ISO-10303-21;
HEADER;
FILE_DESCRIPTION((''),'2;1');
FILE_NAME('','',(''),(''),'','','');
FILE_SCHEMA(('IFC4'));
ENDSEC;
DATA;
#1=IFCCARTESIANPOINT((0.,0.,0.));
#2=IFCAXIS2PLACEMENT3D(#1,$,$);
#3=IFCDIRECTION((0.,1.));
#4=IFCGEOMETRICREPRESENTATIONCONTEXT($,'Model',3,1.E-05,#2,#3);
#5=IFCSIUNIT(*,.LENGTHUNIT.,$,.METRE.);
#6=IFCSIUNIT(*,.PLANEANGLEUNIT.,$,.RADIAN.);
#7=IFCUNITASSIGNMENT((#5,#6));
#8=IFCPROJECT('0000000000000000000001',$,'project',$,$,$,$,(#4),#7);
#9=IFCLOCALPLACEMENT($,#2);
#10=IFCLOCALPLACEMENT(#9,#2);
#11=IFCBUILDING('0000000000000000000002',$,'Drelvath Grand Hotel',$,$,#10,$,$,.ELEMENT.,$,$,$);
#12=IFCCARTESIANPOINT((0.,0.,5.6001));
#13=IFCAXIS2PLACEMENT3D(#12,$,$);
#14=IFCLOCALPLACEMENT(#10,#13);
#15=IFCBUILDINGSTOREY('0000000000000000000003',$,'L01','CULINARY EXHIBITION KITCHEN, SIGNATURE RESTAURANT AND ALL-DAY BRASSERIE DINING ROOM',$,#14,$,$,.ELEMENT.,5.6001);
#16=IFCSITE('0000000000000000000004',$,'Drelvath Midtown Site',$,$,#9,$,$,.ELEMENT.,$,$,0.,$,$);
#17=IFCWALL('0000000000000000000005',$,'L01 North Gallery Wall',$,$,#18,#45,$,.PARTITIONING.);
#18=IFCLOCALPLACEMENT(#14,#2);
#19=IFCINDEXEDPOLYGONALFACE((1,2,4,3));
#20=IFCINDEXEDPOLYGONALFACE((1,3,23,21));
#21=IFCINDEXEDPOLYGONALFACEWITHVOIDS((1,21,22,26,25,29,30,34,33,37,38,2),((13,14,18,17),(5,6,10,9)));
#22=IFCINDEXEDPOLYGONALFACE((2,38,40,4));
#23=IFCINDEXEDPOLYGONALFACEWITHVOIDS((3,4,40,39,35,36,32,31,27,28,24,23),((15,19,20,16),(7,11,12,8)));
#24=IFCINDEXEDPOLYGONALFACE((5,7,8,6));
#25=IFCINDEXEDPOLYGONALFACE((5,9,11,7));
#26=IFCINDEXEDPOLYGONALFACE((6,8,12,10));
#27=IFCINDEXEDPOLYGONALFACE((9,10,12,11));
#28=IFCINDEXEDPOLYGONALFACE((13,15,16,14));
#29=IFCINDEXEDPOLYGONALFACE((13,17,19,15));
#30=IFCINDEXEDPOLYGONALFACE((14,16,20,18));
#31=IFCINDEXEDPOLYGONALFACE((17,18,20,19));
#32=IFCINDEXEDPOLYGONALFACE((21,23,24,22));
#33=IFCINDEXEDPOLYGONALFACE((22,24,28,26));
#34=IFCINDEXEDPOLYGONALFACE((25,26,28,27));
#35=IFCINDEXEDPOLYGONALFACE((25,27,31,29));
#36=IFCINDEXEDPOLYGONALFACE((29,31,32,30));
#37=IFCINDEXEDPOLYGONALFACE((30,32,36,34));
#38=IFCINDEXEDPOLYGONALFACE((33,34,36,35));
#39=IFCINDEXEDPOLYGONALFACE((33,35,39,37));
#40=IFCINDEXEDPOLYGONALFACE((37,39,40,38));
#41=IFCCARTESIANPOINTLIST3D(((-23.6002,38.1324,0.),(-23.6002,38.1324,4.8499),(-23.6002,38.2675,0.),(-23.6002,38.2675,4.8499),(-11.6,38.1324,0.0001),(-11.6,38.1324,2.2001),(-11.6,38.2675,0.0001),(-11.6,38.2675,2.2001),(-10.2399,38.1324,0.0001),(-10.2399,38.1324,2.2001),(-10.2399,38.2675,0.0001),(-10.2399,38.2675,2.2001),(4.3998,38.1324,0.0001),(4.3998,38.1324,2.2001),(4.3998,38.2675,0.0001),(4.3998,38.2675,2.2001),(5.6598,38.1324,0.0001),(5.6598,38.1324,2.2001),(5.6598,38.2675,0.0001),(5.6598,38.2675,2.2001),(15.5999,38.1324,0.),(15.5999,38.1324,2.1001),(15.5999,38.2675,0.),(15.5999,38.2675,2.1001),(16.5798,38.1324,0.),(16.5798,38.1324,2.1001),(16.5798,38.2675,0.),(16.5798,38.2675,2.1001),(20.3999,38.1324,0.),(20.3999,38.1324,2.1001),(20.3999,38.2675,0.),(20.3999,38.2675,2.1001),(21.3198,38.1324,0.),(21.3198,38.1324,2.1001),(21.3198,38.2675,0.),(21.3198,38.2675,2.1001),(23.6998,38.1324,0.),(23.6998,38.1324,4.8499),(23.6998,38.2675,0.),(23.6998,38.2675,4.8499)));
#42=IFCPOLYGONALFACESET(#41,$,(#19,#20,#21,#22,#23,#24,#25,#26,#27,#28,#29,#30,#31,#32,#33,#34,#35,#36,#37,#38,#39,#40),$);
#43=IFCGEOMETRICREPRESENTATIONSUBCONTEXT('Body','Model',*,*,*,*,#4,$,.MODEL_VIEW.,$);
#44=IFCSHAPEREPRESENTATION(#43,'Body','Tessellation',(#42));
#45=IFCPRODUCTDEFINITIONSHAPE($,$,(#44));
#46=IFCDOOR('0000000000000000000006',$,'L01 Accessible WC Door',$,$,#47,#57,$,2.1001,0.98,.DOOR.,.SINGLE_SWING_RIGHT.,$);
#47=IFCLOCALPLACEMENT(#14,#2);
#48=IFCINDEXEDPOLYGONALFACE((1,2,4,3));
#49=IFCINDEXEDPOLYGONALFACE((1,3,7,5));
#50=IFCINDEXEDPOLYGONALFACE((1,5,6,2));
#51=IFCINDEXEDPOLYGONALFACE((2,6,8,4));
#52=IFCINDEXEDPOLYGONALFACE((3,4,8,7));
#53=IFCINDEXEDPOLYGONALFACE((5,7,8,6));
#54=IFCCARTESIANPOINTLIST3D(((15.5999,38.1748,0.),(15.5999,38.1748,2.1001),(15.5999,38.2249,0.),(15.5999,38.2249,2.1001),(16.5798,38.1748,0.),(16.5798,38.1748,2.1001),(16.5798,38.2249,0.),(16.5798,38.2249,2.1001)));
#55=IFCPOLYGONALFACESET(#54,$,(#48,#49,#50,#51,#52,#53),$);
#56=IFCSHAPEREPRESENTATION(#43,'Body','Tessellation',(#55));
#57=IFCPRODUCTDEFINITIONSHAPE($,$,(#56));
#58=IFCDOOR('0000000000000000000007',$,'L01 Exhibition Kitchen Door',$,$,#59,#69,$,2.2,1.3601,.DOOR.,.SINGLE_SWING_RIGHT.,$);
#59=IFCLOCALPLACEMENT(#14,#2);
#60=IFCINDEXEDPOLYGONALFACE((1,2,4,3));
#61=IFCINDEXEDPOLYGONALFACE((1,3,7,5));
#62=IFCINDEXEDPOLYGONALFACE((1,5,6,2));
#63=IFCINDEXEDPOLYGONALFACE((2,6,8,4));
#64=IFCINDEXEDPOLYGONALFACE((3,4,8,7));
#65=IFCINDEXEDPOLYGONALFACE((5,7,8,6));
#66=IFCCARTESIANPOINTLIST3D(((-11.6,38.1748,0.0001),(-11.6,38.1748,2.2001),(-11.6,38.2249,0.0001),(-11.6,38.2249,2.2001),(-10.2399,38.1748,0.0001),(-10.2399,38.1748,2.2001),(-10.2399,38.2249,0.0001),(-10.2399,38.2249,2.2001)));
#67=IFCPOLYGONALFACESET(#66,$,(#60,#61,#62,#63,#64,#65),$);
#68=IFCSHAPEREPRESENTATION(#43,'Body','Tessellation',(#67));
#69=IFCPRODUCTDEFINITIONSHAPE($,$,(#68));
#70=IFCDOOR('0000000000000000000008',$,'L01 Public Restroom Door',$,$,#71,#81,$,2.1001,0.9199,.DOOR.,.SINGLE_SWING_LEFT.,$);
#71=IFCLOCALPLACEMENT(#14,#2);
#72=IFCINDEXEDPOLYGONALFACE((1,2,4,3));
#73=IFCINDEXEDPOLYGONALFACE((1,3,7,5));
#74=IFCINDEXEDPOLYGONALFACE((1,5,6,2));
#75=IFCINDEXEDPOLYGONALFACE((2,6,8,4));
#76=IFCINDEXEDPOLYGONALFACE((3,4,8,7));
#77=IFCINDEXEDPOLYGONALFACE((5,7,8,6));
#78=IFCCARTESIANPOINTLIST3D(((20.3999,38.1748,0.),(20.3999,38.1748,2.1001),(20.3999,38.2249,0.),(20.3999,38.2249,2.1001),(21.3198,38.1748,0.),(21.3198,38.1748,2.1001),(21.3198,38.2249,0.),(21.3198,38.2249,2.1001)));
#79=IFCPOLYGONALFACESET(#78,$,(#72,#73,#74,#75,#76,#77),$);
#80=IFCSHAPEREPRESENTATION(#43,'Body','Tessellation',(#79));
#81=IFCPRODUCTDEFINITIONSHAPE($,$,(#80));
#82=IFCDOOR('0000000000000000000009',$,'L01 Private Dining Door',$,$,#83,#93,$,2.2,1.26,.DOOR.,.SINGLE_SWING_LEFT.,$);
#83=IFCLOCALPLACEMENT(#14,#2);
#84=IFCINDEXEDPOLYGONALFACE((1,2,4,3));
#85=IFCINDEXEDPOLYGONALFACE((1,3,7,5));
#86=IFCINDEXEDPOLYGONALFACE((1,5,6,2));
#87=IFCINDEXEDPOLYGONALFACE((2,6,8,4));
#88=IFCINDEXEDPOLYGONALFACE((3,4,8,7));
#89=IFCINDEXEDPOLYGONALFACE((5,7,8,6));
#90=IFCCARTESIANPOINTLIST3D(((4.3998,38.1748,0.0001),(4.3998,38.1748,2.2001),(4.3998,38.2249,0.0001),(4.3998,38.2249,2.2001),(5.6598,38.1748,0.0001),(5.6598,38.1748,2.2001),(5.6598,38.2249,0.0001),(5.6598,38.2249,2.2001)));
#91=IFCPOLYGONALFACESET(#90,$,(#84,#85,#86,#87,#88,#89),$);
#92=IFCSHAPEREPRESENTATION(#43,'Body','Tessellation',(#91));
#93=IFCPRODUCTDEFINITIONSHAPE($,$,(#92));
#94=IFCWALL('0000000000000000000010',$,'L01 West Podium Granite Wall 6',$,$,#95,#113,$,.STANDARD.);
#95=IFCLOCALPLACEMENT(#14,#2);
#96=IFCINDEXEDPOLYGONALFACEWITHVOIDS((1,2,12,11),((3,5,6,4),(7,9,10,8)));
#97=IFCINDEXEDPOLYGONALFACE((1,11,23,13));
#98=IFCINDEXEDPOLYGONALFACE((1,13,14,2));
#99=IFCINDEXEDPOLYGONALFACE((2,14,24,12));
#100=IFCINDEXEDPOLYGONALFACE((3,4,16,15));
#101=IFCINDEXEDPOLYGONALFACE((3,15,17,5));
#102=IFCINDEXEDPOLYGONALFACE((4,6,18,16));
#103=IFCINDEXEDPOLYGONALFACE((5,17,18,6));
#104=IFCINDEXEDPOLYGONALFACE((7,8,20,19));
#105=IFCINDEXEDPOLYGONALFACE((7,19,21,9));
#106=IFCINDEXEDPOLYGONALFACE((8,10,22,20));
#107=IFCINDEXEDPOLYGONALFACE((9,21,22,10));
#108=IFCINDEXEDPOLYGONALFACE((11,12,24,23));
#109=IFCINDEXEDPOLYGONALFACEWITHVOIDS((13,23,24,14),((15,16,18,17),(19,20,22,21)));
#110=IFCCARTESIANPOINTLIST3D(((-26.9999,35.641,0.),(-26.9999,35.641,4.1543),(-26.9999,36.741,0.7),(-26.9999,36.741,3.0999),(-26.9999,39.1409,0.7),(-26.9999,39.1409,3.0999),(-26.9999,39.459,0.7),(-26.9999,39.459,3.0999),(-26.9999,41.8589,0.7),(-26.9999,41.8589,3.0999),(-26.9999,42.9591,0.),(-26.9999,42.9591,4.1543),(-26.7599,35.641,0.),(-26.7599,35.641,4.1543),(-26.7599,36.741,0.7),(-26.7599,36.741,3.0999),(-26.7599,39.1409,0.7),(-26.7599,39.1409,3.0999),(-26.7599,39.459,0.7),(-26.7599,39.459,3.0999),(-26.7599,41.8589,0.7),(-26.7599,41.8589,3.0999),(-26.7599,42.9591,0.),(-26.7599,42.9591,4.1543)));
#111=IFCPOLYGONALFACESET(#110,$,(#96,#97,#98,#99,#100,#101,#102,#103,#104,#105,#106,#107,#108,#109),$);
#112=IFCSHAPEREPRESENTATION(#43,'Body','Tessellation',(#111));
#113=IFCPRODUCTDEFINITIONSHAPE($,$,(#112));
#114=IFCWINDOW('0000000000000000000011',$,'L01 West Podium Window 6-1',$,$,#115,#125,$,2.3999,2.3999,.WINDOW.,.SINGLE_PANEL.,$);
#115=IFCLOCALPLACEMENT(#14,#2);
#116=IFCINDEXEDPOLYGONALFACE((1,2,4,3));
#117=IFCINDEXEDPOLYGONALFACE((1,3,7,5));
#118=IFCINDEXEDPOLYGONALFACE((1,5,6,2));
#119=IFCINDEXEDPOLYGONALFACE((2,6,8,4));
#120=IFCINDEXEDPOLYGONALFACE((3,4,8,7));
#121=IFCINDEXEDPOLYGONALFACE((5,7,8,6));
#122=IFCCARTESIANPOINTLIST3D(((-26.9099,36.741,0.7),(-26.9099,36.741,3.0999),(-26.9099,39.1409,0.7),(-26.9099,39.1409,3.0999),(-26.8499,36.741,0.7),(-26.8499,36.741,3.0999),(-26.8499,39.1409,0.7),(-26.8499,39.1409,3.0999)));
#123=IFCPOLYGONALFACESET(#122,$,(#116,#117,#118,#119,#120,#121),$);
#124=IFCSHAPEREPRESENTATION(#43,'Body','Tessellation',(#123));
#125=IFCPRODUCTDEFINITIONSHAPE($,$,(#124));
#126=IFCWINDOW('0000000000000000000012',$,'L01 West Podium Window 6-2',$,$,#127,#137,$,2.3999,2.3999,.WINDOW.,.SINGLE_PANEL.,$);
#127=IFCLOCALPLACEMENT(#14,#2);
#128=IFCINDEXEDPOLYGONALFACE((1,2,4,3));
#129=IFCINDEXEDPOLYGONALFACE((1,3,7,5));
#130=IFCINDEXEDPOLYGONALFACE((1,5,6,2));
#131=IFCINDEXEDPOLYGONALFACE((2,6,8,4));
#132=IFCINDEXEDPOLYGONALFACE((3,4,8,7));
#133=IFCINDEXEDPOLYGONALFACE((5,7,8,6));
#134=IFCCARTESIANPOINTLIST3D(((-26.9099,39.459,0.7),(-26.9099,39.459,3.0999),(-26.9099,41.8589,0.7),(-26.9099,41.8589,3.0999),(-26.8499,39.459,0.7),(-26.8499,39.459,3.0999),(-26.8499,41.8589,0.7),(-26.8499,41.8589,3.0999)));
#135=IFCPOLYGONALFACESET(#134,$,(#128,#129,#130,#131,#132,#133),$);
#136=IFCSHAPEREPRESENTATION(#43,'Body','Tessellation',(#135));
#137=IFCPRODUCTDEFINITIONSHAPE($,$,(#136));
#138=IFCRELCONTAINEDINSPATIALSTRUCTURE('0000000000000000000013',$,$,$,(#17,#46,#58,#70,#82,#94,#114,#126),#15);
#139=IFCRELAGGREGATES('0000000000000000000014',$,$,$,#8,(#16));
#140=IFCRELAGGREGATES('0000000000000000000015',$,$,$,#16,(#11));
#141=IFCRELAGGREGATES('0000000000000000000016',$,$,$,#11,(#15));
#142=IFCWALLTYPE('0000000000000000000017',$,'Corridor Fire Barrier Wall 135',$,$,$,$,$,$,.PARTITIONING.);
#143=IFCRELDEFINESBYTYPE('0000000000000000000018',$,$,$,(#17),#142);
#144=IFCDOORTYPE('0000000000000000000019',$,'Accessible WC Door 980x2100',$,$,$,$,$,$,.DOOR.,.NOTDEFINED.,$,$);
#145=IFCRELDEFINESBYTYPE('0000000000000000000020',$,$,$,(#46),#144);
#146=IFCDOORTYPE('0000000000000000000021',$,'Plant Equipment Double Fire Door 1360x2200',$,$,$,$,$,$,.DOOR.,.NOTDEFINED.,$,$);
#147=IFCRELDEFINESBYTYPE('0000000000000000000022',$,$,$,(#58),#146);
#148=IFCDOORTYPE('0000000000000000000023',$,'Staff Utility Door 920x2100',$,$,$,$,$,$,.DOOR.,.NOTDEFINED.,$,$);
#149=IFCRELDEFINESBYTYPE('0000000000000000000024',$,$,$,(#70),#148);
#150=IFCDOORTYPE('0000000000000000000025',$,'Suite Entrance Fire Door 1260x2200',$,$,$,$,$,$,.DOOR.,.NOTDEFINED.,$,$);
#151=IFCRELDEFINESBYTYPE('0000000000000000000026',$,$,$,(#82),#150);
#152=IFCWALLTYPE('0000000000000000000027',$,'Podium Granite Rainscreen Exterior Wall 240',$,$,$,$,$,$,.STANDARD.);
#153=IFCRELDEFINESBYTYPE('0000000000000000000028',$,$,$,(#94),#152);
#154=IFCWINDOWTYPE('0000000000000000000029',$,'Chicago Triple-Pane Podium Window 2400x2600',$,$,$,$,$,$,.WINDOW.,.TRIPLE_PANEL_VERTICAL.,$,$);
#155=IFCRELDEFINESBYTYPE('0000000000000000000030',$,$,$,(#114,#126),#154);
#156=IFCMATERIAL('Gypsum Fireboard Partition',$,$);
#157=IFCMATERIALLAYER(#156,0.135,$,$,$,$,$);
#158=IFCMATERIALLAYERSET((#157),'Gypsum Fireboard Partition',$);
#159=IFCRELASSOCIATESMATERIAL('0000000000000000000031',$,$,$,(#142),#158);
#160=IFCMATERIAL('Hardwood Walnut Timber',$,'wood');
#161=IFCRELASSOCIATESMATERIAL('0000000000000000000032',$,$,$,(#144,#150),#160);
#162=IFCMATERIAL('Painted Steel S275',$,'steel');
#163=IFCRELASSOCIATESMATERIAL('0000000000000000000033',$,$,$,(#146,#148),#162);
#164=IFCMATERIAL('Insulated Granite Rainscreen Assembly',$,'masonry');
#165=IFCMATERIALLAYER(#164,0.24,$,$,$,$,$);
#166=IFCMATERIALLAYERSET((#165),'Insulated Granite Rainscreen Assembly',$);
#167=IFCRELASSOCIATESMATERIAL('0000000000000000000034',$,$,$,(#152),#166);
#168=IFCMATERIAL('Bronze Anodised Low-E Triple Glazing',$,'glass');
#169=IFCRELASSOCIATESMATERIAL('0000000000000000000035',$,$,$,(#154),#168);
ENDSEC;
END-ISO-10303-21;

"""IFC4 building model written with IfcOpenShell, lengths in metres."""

from ifc_helpers import new_model, si_unit, direction, frame, frame_2d, origin, place, context, subcontext, project, spatial, rectangle, extrude, material, layer, layer_set, type_object, element, fill, save


model = new_model("IFC4")

# Units and contexts
model_context = context("Model", 3, precision=1e-05, world=origin(), true_north=direction((0.0, 1.0)))
body_context = subcontext(model_context, "Body", "Model", "MODEL_VIEW")
ifc_project = project(units=[si_unit("LENGTHUNIT", "METRE"), si_unit("PLANEANGLEUNIT", "RADIAN")], contexts=[model_context])

# Site, building, storey
site_placement = place(None, origin())
site = spatial("IfcSite", under=ifc_project, at=site_placement, Name="Drelvath Midtown Site", CompositionType="ELEMENT", RefElevation=0.0)
building_placement = place(site_placement, origin())
building = spatial("IfcBuilding", under=site, at=building_placement, Name="Drelvath Grand Hotel", CompositionType="ELEMENT")
storey_placement = place(building_placement, frame((0.0, 0.0, 5.6001)))
storey = spatial("IfcBuildingStorey", under=building, at=storey_placement, Name="L01", Description="CULINARY EXHIBITION KITCHEN, SIGNATURE RESTAURANT AND ALL-DAY BRASSERIE DINING ROOM", CompositionType="ELEMENT", Elevation=5.6001)

# Wall, openings, doors
ifc_material_1 = material(Name="Gypsum Fireboard Partition")
ifc_layer_1 = layer(ifc_material_1, 0.135)
ifc_layer_set_1 = layer_set([ifc_layer_1], Name="Gypsum Fireboard Partition")
wall_type_1 = type_object("IfcWallType", Name="Corridor Fire Barrier Wall 135", PredefinedType="PARTITIONING", material=ifc_layer_set_1)
wall_1_placement = place(storey_placement, frame((-23.6001, 38.2, 0.0), z_axis=(0.0, 0.0, 1.0), x_axis=(1.0, 0.0, 0.0)))
wall_1 = element("IfcWall", 1, at=wall_1_placement, inside=storey, type_object=wall_type_1, Name="L01 North Gallery Wall", PredefinedType="PARTITIONING", context=body_context, shape_type="SweptSolid", body=[
    extrude(rectangle(XDim=47.3, YDim=0.135, at=frame_2d((23.6499, 0.0))), origin(), (0.0, 0.0, 1.0), 4.8499),
])
opening_1_placement = place(wall_1_placement, frame((39.2, 0.0, 0.0)))
opening_1 = element("IfcOpeningElement", 2, at=opening_1_placement, cuts=wall_1, PredefinedType="OPENING", context=body_context, shape_type="SweptSolid", body=[
    extrude(rectangle(XDim=0.98, YDim=2.1001, at=frame_2d((0.49, 1.05))), frame((0.0, 0.0774, 0.0), z_axis=(0.0, -1.0, 0.0), x_axis=(1.0, 0.0, 0.0)), (0.0, 0.0, 1.0), 0.155),
])
opening_2_placement = place(wall_1_placement, frame((44.0, 0.0, 0.0)))
opening_2 = element("IfcOpeningElement", 3, at=opening_2_placement, cuts=wall_1, PredefinedType="OPENING", context=body_context, shape_type="SweptSolid", body=[
    extrude(rectangle(XDim=0.9199, YDim=2.1001, at=frame_2d((0.46, 1.05))), frame((0.0, 0.0774, 0.0), z_axis=(0.0, -1.0, 0.0), x_axis=(1.0, 0.0, 0.0)), (0.0, 0.0, 1.0), 0.155),
])
opening_3_placement = place(wall_1_placement, frame((12.0, 0.0, 0.0)))
opening_3 = element("IfcOpeningElement", 4, at=opening_3_placement, cuts=wall_1, PredefinedType="OPENING", context=body_context, shape_type="SweptSolid", body=[
    extrude(rectangle(XDim=1.3601, YDim=2.2, at=frame_2d((0.6802, 1.1001))), frame((0.0, 0.0774, 0.0), z_axis=(0.0, -1.0, 0.0), x_axis=(1.0, 0.0, 0.0)), (0.0, 0.0, 1.0), 0.155),
])
opening_4_placement = place(wall_1_placement, frame((28.0, 0.0, 0.0)))
opening_4 = element("IfcOpeningElement", 5, at=opening_4_placement, cuts=wall_1, PredefinedType="OPENING", context=body_context, shape_type="SweptSolid", body=[
    extrude(rectangle(XDim=1.26, YDim=2.2, at=frame_2d((0.6299, 1.1001))), frame((0.0, 0.0774, 0.0), z_axis=(0.0, -1.0, 0.0), x_axis=(1.0, 0.0, 0.0)), (0.0, 0.0, 1.0), 0.155),
])
ifc_material_2 = material(Name="Hardwood Walnut Timber", Category="wood")
door_type_1 = type_object("IfcDoorType", Name="Accessible WC Door 980x2100", OperationType="NOTDEFINED", PredefinedType="DOOR", material=ifc_material_2)
door_1_placement = place(opening_1_placement, origin())
door_1 = element("IfcDoor", 6, at=door_1_placement, inside=storey, type_object=door_type_1, Name="L01 Accessible WC Door", OperationType="SINGLE_SWING_RIGHT", OverallHeight=2.1001, OverallWidth=0.98, PredefinedType="DOOR", context=body_context, shape_type="SweptSolid", body=[
    extrude(rectangle(XDim=0.98, YDim=2.1001, at=frame_2d((0.49, 1.05))), frame((0.0, 0.0249, 0.0), z_axis=(0.0, -1.0, 0.0), x_axis=(1.0, 0.0, 0.0)), (0.0, 0.0, 1.0), 0.05),
])
fill(opening_1, door_1)
ifc_material_3 = material(Name="Painted Steel S275", Category="steel")
door_type_2 = type_object("IfcDoorType", Name="Plant Equipment Double Fire Door 1360x2200", OperationType="NOTDEFINED", PredefinedType="DOOR", material=ifc_material_3)
door_2_placement = place(opening_3_placement, origin())
door_2 = element("IfcDoor", 7, at=door_2_placement, inside=storey, type_object=door_type_2, Name="L01 Exhibition Kitchen Door", OperationType="SINGLE_SWING_RIGHT", OverallHeight=2.2, OverallWidth=1.3601, PredefinedType="DOOR", context=body_context, shape_type="SweptSolid", body=[
    extrude(rectangle(XDim=1.3601, YDim=2.2, at=frame_2d((0.6802, 1.1001))), frame((0.0, 0.0249, 0.0), z_axis=(0.0, -1.0, 0.0), x_axis=(1.0, 0.0, 0.0)), (0.0, 0.0, 1.0), 0.05),
])
fill(opening_3, door_2)
door_type_3 = type_object("IfcDoorType", Name="Staff Utility Door 920x2100", OperationType="NOTDEFINED", PredefinedType="DOOR", material=ifc_material_3)
door_3_placement = place(opening_2_placement, origin())
door_3 = element("IfcDoor", 8, at=door_3_placement, inside=storey, type_object=door_type_3, Name="L01 Public Restroom Door", OperationType="SINGLE_SWING_LEFT", OverallHeight=2.1001, OverallWidth=0.9199, PredefinedType="DOOR", context=body_context, shape_type="SweptSolid", body=[
    extrude(rectangle(XDim=0.9199, YDim=2.1001, at=frame_2d((0.46, 1.05))), frame((0.0, 0.0249, 0.0), z_axis=(0.0, -1.0, 0.0), x_axis=(1.0, 0.0, 0.0)), (0.0, 0.0, 1.0), 0.05),
])
fill(opening_2, door_3)
door_type_4 = type_object("IfcDoorType", Name="Suite Entrance Fire Door 1260x2200", OperationType="NOTDEFINED", PredefinedType="DOOR", material=ifc_material_2)
door_4_placement = place(opening_4_placement, origin())
door_4 = element("IfcDoor", 9, at=door_4_placement, inside=storey, type_object=door_type_4, Name="L01 Private Dining Door", OperationType="SINGLE_SWING_LEFT", OverallHeight=2.2, OverallWidth=1.26, PredefinedType="DOOR", context=body_context, shape_type="SweptSolid", body=[
    extrude(rectangle(XDim=1.26, YDim=2.2, at=frame_2d((0.6299, 1.1001))), frame((0.0, 0.0249, 0.0), z_axis=(0.0, -1.0, 0.0), x_axis=(1.0, 0.0, 0.0)), (0.0, 0.0, 1.0), 0.05),
])
fill(opening_4, door_4)

# Wall, openings, windows
ifc_material_4 = material(Name="Insulated Granite Rainscreen Assembly", Category="masonry")
ifc_layer_2 = layer(ifc_material_4, 0.24)
ifc_layer_set_2 = layer_set([ifc_layer_2], Name="Insulated Granite Rainscreen Assembly")
wall_type_2 = type_object("IfcWallType", Name="Podium Granite Rainscreen Exterior Wall 240", PredefinedType="STANDARD", material=ifc_layer_set_2)
wall_2_placement = place(storey_placement, frame((-26.8799, 35.6409, 0.0), z_axis=(0.0, 0.0, 1.0), x_axis=(0.0, 1.0, 0.0)))
wall_2 = element("IfcWall", 10, at=wall_2_placement, inside=storey, type_object=wall_type_2, Name="L01 West Podium Granite Wall 6", PredefinedType="STANDARD", context=body_context, shape_type="SweptSolid", body=[
    extrude(rectangle(XDim=7.3181, YDim=0.24, at=frame_2d((3.6592, 0.0))), origin(), (0.0, 0.0, 1.0), 4.1543),
])
opening_5_placement = place(wall_2_placement, frame((1.1001, 0.0, 0.7)))
opening_5 = element("IfcOpeningElement", 11, at=opening_5_placement, cuts=wall_2, PredefinedType="OPENING", context=body_context, shape_type="SweptSolid", body=[
    extrude(rectangle(XDim=2.3999, YDim=2.3999, at=frame_2d((1.2, 1.2))), frame((0.0, 0.1299, 0.0), z_axis=(0.0, -1.0, 0.0), x_axis=(1.0, 0.0, 0.0)), (0.0, 0.0, 1.0), 0.26),
])
opening_6_placement = place(wall_2_placement, frame((3.8181, 0.0, 0.7)))
opening_6 = element("IfcOpeningElement", 12, at=opening_6_placement, cuts=wall_2, PredefinedType="OPENING", context=body_context, shape_type="SweptSolid", body=[
    extrude(rectangle(XDim=2.3999, YDim=2.3999, at=frame_2d((1.2, 1.2))), frame((0.0, 0.1299, 0.0), z_axis=(0.0, -1.0, 0.0), x_axis=(1.0, 0.0, 0.0)), (0.0, 0.0, 1.0), 0.26),
])
ifc_material_5 = material(Name="Bronze Anodised Low-E Triple Glazing", Category="glass")
window_type_1 = type_object("IfcWindowType", Name="Chicago Triple-Pane Podium Window 2400x2600", PartitioningType="TRIPLE_PANEL_VERTICAL", PredefinedType="WINDOW", material=ifc_material_5)
window_1_placement = place(opening_5_placement, origin())
window_1 = element("IfcWindow", 13, at=window_1_placement, inside=storey, type_object=window_type_1, Name="L01 West Podium Window 6-1", OverallHeight=2.3999, OverallWidth=2.3999, PartitioningType="SINGLE_PANEL", PredefinedType="WINDOW", context=body_context, shape_type="SweptSolid", body=[
    extrude(rectangle(XDim=2.3999, YDim=2.3999, at=frame_2d((1.2, 1.2))), frame((0.0, 0.03, 0.0), z_axis=(0.0, -1.0, 0.0), x_axis=(1.0, 0.0, 0.0)), (0.0, 0.0, 1.0), 0.0601),
])
fill(opening_5, window_1)
window_2_placement = place(opening_6_placement, origin())
window_2 = element("IfcWindow", 14, at=window_2_placement, inside=storey, type_object=window_type_1, Name="L01 West Podium Window 6-2", OverallHeight=2.3999, OverallWidth=2.3999, PartitioningType="SINGLE_PANEL", PredefinedType="WINDOW", context=body_context, shape_type="SweptSolid", body=[
    extrude(rectangle(XDim=2.3999, YDim=2.3999, at=frame_2d((1.2, 1.2))), frame((0.0, 0.03, 0.0), z_axis=(0.0, -1.0, 0.0), x_axis=(1.0, 0.0, 0.0)), (0.0, 0.0, 1.0), 0.0601),
])
fill(opening_6, window_2)

save(model, "model.ifc")
